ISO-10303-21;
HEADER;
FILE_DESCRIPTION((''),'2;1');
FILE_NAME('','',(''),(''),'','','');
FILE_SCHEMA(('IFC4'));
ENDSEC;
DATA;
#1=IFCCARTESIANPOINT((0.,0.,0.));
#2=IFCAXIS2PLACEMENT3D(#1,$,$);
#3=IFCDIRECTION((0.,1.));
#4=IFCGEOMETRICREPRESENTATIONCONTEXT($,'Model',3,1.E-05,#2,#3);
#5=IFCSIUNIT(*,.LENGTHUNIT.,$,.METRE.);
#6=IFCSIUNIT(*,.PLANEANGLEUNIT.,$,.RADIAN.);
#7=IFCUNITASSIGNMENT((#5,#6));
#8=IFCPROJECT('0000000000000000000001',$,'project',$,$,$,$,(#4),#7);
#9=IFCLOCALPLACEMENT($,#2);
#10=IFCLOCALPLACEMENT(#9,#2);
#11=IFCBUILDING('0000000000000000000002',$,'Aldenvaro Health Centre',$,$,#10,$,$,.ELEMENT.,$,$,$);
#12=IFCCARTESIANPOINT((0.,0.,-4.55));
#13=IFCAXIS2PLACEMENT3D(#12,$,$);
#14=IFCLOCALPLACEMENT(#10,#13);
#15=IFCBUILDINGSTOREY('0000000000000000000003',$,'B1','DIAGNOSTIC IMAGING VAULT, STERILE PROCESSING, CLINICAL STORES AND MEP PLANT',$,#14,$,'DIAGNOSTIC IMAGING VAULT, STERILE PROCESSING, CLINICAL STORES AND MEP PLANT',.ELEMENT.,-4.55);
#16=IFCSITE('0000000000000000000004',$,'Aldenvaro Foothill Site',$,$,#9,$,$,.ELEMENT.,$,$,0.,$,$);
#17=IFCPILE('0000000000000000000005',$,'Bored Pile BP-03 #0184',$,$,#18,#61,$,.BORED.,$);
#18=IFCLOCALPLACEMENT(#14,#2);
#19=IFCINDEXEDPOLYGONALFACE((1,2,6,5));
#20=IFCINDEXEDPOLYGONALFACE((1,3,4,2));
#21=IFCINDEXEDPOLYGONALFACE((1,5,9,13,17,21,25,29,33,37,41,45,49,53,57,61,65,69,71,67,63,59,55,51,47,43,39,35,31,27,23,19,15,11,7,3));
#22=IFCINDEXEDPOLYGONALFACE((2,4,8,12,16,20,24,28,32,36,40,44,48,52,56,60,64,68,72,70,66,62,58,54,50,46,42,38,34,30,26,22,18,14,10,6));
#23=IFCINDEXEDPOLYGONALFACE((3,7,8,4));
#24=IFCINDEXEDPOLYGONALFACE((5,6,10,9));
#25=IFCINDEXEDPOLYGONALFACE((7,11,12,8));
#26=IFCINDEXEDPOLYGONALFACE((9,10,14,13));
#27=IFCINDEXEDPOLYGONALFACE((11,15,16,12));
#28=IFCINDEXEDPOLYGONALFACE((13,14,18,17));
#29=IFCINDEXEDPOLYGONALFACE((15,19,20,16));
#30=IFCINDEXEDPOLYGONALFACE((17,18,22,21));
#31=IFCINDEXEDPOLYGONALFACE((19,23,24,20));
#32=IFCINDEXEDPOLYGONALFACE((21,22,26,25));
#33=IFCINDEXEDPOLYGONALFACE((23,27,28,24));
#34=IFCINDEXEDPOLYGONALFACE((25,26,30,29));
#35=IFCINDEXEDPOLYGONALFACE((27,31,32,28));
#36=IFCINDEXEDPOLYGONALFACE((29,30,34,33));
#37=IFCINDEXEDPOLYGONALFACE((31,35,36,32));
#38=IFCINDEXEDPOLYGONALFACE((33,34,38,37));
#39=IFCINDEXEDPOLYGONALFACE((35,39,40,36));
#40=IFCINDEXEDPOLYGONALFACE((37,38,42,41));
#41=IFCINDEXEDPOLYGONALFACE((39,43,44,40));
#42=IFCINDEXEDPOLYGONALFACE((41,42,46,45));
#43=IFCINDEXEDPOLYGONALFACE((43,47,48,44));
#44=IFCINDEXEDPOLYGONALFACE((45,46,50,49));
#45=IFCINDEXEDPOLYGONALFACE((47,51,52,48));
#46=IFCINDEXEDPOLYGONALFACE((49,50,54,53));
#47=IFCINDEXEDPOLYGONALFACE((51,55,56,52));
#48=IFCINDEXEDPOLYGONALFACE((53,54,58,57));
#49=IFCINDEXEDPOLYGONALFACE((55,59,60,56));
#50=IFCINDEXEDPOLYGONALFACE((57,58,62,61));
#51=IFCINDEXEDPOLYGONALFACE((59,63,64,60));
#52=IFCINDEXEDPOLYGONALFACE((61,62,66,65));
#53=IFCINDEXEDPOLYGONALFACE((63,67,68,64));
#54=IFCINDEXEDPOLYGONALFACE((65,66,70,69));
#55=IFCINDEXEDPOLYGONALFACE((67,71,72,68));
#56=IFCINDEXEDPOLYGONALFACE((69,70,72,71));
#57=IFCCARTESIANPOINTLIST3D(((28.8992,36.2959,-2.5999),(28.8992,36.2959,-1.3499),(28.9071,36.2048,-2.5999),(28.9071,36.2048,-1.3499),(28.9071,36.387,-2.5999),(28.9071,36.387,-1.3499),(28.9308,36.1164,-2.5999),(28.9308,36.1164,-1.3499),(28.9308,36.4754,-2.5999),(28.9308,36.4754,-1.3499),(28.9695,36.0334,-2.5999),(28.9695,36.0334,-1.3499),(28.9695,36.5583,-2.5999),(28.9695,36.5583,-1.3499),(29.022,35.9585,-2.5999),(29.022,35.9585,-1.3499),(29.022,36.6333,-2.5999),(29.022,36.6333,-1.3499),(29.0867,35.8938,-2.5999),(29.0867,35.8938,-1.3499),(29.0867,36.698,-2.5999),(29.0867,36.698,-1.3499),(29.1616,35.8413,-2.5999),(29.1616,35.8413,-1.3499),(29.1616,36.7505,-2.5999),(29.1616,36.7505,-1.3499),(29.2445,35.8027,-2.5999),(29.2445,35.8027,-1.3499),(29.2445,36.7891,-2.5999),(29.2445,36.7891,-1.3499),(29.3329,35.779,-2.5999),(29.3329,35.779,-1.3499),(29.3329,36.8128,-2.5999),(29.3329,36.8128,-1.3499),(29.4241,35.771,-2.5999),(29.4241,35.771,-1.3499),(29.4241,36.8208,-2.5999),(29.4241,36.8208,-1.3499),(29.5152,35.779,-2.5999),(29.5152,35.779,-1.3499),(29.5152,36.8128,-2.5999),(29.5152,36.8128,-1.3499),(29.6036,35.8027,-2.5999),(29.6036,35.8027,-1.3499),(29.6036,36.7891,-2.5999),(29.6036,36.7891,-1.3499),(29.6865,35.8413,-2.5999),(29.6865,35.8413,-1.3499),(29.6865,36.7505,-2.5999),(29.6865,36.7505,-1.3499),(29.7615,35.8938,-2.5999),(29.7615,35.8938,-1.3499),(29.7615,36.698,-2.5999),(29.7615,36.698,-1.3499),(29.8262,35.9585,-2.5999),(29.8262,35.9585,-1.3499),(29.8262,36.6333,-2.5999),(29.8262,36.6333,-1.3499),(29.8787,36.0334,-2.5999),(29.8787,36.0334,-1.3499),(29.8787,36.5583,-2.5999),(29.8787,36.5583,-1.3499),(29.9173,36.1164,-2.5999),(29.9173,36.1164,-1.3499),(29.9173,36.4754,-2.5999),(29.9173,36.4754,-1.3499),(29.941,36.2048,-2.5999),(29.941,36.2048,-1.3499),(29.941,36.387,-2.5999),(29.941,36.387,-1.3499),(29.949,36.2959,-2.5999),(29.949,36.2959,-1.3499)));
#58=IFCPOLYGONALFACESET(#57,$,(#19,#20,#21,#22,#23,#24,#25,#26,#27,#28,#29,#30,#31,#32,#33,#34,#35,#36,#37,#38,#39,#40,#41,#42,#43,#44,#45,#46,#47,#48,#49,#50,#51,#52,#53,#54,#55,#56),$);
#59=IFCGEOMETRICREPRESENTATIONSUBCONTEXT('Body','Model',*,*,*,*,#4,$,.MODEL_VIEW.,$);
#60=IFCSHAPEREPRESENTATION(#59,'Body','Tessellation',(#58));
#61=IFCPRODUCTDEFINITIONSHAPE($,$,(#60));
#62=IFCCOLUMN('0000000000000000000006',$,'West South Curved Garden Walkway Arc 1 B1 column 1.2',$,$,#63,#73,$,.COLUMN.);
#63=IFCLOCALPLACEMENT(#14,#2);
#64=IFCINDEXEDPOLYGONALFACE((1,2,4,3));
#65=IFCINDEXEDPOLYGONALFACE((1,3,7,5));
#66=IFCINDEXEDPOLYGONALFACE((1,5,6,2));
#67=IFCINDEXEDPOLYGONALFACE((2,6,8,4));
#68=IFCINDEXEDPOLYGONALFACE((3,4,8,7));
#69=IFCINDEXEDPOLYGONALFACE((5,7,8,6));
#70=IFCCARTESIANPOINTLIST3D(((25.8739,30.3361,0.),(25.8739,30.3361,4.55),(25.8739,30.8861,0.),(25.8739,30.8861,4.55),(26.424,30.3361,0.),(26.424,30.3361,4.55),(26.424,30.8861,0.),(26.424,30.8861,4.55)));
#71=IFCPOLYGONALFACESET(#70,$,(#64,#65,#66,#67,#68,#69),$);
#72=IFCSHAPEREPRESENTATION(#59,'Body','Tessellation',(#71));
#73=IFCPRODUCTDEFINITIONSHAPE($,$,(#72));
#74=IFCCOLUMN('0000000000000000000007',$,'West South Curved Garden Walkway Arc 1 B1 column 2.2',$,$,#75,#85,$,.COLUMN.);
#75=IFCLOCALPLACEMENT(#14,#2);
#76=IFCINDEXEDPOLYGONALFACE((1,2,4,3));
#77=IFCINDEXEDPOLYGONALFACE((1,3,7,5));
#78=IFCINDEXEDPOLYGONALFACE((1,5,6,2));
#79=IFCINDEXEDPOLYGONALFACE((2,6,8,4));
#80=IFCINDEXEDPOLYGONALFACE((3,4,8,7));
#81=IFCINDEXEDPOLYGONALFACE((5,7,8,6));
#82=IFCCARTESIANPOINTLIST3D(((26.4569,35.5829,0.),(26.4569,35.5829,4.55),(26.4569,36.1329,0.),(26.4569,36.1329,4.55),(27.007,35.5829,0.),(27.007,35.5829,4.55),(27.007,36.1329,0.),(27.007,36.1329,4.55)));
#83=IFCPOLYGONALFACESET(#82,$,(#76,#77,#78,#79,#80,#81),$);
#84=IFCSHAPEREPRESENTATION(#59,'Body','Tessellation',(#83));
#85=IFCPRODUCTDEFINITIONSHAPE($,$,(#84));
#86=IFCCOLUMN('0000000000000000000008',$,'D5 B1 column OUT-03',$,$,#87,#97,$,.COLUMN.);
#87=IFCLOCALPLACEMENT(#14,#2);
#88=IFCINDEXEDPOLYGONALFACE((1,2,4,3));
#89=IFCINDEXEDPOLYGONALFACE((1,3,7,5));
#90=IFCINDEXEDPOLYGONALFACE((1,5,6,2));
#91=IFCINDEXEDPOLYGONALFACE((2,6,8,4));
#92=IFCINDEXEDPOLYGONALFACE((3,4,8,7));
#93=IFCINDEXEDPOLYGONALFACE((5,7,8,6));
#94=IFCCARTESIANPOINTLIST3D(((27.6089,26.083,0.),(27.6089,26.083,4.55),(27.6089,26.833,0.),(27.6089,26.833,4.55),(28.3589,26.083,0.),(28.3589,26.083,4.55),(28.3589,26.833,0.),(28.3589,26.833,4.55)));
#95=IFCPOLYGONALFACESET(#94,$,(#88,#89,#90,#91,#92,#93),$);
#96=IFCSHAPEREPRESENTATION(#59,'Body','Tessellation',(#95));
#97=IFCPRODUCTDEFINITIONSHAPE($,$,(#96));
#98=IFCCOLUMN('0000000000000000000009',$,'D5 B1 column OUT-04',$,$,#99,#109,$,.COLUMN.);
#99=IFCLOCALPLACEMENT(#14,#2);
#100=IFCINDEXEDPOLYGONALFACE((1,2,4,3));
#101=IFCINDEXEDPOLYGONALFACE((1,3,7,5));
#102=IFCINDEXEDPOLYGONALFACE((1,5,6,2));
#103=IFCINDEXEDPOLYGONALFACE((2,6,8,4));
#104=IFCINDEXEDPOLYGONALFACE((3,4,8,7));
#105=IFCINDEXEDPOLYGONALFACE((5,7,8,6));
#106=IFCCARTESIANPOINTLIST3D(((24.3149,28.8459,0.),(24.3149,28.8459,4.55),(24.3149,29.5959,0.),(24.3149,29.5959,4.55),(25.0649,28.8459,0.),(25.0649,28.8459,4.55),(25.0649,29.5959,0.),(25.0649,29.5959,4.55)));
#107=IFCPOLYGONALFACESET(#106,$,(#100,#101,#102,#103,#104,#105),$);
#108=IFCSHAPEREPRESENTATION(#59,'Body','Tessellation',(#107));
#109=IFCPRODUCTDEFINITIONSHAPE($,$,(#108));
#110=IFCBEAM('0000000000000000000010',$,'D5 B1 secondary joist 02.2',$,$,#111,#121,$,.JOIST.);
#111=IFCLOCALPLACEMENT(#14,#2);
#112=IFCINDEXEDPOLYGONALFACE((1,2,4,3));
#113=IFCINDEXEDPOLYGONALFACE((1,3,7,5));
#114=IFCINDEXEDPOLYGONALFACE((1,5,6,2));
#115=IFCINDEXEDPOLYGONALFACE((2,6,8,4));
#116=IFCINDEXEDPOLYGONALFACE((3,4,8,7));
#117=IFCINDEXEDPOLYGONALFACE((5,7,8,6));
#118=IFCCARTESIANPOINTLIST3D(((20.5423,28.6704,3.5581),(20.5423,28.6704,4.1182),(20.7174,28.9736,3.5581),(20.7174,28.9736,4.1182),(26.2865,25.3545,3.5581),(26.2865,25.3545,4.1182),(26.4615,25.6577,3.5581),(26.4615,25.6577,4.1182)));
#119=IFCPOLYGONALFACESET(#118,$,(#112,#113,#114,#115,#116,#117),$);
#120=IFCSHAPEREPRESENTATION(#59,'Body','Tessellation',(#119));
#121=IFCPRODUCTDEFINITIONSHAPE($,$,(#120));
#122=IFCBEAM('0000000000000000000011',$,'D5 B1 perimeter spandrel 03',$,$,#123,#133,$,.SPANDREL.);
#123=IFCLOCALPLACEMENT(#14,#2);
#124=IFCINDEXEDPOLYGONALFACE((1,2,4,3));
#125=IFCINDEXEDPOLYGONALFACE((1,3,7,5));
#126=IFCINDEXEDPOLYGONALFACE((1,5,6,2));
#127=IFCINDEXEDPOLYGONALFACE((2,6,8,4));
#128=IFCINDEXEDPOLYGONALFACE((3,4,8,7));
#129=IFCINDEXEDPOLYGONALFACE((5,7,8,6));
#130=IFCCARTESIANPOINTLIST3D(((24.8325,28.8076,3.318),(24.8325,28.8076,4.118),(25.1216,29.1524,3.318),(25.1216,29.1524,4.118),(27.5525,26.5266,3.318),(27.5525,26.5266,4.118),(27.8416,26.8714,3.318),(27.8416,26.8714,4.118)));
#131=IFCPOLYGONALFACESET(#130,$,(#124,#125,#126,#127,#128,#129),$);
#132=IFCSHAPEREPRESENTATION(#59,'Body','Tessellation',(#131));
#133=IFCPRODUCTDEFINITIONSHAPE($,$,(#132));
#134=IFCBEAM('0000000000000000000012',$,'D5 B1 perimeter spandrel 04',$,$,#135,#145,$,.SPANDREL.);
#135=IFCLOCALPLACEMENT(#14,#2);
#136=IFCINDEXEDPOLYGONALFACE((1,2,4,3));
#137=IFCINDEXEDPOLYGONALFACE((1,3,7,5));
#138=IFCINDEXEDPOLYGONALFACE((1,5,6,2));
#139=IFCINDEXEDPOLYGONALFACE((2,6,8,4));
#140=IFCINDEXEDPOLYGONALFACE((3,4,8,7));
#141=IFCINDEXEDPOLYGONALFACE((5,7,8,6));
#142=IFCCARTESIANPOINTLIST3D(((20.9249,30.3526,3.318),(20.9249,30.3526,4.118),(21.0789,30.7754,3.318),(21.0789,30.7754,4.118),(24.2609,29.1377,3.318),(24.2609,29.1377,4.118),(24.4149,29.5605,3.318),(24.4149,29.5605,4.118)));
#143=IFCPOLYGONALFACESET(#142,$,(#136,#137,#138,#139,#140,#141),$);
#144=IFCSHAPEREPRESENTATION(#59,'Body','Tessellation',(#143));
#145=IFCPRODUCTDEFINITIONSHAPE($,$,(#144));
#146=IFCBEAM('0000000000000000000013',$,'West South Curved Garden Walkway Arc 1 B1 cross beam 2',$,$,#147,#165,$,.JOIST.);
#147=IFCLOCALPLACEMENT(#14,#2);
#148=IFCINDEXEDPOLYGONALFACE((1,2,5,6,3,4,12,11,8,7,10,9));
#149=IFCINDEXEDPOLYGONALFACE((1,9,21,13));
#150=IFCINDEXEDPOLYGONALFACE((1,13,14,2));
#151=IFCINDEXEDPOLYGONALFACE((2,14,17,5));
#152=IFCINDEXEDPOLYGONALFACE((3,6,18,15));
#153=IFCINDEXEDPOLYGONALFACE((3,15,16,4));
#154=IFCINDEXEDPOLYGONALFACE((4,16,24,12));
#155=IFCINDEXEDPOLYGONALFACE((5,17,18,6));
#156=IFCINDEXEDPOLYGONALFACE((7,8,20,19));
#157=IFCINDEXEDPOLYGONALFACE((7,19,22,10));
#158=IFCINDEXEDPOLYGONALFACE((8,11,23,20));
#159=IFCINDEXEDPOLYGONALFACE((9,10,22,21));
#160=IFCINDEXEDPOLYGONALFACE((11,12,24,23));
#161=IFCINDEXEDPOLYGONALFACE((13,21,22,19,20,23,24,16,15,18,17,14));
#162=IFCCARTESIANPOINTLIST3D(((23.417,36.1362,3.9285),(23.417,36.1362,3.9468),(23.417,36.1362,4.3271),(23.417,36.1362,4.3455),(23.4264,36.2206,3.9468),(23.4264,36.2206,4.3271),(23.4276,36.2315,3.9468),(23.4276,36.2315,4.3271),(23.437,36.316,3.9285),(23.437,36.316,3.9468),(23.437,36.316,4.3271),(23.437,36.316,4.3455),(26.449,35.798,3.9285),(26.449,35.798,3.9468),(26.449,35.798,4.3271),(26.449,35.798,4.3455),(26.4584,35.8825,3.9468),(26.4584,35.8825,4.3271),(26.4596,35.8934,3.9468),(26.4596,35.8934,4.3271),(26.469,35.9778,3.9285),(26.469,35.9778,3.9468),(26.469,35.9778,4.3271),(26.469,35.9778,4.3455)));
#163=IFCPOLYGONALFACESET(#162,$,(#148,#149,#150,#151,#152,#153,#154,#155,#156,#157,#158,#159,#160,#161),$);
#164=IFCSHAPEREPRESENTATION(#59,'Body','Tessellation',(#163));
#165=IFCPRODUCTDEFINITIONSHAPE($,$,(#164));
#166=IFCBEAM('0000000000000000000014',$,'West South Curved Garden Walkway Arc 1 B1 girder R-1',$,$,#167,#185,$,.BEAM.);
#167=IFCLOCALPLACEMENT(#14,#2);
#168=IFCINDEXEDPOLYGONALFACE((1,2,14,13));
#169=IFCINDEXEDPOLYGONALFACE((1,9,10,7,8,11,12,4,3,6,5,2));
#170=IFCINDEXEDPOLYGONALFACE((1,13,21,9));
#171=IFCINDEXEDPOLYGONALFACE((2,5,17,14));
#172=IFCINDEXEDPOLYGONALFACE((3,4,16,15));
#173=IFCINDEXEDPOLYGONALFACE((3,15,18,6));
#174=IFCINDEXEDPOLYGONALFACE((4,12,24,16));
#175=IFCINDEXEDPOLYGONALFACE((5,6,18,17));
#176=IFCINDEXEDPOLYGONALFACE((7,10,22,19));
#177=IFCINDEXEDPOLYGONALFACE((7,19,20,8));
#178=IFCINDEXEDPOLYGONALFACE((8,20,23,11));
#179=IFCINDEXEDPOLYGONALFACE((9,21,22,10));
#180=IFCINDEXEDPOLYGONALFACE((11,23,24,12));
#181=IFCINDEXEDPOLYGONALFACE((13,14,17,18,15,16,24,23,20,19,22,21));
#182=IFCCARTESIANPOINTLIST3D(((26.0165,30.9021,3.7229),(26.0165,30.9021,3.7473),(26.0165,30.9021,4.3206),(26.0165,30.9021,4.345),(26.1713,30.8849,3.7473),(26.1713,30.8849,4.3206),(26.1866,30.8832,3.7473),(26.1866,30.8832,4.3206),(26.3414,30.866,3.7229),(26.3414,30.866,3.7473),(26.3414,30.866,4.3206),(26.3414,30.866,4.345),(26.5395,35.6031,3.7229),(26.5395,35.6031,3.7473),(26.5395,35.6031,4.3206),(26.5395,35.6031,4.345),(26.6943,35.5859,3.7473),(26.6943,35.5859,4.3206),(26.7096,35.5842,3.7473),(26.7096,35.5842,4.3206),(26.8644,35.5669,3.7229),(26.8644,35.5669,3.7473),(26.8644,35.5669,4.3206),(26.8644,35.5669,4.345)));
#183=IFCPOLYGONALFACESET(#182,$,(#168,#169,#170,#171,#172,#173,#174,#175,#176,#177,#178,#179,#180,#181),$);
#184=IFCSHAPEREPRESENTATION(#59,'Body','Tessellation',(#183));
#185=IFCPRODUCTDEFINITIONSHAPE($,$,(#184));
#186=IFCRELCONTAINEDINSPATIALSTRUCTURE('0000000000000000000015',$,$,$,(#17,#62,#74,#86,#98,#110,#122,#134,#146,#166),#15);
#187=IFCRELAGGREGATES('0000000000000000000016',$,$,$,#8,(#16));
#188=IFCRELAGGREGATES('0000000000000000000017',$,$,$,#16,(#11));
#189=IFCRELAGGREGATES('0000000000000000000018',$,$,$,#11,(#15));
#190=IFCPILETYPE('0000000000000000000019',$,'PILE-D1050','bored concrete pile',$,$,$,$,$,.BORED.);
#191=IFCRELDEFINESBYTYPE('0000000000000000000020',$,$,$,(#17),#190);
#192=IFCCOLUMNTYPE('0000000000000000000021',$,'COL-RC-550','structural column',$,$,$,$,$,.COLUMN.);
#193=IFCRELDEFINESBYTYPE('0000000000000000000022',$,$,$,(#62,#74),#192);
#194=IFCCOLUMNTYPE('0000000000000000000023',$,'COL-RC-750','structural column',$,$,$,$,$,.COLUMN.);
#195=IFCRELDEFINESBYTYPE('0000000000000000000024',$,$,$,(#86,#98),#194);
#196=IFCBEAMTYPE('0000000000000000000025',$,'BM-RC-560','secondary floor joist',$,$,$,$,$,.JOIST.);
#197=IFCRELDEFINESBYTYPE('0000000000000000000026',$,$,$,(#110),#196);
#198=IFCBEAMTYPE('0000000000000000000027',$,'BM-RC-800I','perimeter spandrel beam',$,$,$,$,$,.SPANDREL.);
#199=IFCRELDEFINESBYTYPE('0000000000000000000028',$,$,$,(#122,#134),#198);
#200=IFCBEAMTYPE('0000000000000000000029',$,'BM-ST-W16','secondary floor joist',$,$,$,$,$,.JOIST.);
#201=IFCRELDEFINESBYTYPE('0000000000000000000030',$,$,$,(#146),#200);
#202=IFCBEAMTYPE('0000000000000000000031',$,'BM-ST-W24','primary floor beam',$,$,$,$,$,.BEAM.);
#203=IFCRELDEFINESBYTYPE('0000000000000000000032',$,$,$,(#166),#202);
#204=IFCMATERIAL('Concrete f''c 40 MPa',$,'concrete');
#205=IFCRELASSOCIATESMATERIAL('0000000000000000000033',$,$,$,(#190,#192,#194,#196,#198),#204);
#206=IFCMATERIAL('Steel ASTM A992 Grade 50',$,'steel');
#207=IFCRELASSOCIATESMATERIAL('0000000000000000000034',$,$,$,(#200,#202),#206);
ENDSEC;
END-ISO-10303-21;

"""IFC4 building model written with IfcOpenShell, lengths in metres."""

from ifc_helpers import new_model, si_unit, direction, frame, origin, origin_2d, place, context, subcontext, project, spatial, rectangle, circle, i_section, extrude, material, material_profile, profile_set, type_object, element, save


model = new_model("IFC4")

# Units and contexts
model_context = context("Model", 3, precision=1e-05, world=origin(), true_north=direction((0.0, 1.0)))
body_context = subcontext(model_context, "Body", "Model", "MODEL_VIEW")
ifc_project = project(units=[si_unit("LENGTHUNIT", "METRE"), si_unit("PLANEANGLEUNIT", "RADIAN")], contexts=[model_context])

# Site, building, storey
site_placement = place(None, origin())
site = spatial("IfcSite", under=ifc_project, at=site_placement, Name="Aldenvaro Foothill Site", CompositionType="ELEMENT", RefElevation=0.0)
building_placement = place(site_placement, origin())
building = spatial("IfcBuilding", under=site, at=building_placement, Name="Aldenvaro Health Centre", CompositionType="ELEMENT")
storey_placement = place(building_placement, frame((0.0, 0.0, -4.55)))
storey = spatial("IfcBuildingStorey", under=building, at=storey_placement, Name="B1", Description="DIAGNOSTIC IMAGING VAULT, STERILE PROCESSING, CLINICAL STORES AND MEP PLANT", LongName="DIAGNOSTIC IMAGING VAULT, STERILE PROCESSING, CLINICAL STORES AND MEP PLANT", CompositionType="ELEMENT", Elevation=-4.55)

# Pile
ifc_material_1 = material(Name="Concrete f'c 40 MPa", Category="concrete")
ifc_material_profile_1 = material_profile(ifc_material_1, circle(Radius=0.5249, at=origin_2d()), Name="PILE D1050", Category="concrete")
ifc_profile_set_1 = profile_set([ifc_material_profile_1], Name="Concrete f'c 40 MPa")
pile_type = type_object("IfcPileType", Name="PILE-D1050", Description="bored concrete pile", PredefinedType="BORED", material=ifc_profile_set_1)
for number, where, z_axis, x_axis, name in (
    (1, (29.4241, 36.2959, -1.3499), (0.0, 0.0, -1.0), (1.0, 0.0, 0.0), "Bored Pile BP-03 #0184"),
):
    element("IfcPile", number, at=place(storey_placement, frame(where, z_axis=z_axis, x_axis=x_axis)), inside=storey, type_object=pile_type, Name=name, PredefinedType="BORED", context=body_context, shape_type="SweptSolid", body=[
        extrude(circle(Radius=0.5249, at=origin_2d()), origin(), (0.0, 0.0, 1.0), 1.25),
    ])

# Columns
ifc_material_profile_2 = material_profile(ifc_material_1, rectangle(XDim=0.55, YDim=0.55, at=origin_2d()), Name="RC 550x550", Category="concrete")
ifc_profile_set_2 = profile_set([ifc_material_profile_2], Name="Concrete f'c 40 MPa")
column_type_1 = type_object("IfcColumnType", Name="COL-RC-550", Description="structural column", PredefinedType="COLUMN", material=ifc_profile_set_2)
for number, where, z_axis, x_axis, name in (
    (2, (26.1489, 30.6111, 0.0), (0.0, 0.0, 1.0), (1.0, 0.0, 0.0), "West South Curved Garden Walkway Arc 1 B1 column 1.2"),
    (3, (26.7319, 35.8579, 0.0), (0.0, 0.0, 1.0), (1.0, 0.0, 0.0), "West South Curved Garden Walkway Arc 1 B1 column 2.2"),
):
    element("IfcColumn", number, at=place(storey_placement, frame(where, z_axis=z_axis, x_axis=x_axis)), inside=storey, type_object=column_type_1, Name=name, PredefinedType="COLUMN", context=body_context, shape_type="SweptSolid", body=[
        extrude(rectangle(XDim=0.55, YDim=0.55, at=origin_2d()), origin(), (0.0, 0.0, 1.0), 4.55),
    ])
ifc_material_profile_3 = material_profile(ifc_material_1, rectangle(XDim=0.75, YDim=0.75, at=origin_2d()), Name="RC 750x750", Category="concrete")
ifc_profile_set_3 = profile_set([ifc_material_profile_3], Name="Concrete f'c 40 MPa")
column_type_2 = type_object("IfcColumnType", Name="COL-RC-750", Description="structural column", PredefinedType="COLUMN", material=ifc_profile_set_3)
for number, where, z_axis, x_axis, name in (
    (4, (27.9839, 26.458, 0.0), (0.0, 0.0, 1.0), (1.0, 0.0, 0.0), "D5 B1 column OUT-03"),
    (5, (24.6899, 29.2209, 0.0), (0.0, 0.0, 1.0), (1.0, 0.0, 0.0), "D5 B1 column OUT-04"),
):
    element("IfcColumn", number, at=place(storey_placement, frame(where, z_axis=z_axis, x_axis=x_axis)), inside=storey, type_object=column_type_2, Name=name, PredefinedType="COLUMN", context=body_context, shape_type="SweptSolid", body=[
        extrude(rectangle(XDim=0.75, YDim=0.75, at=origin_2d()), origin(), (0.0, 0.0, 1.0), 4.55),
    ])

# Beams
ifc_material_profile_4 = material_profile(ifc_material_1, rectangle(XDim=0.3501, YDim=0.5601, at=origin_2d()), Name="RC 350x560", Category="concrete")
ifc_profile_set_4 = profile_set([ifc_material_profile_4], Name="Concrete f'c 40 MPa")
beam_type_1 = type_object("IfcBeamType", Name="BM-RC-560", Description="secondary floor joist", PredefinedType="JOIST", material=ifc_profile_set_4)
beam_1_placement = place(storey_placement, frame((26.374, 25.5061, 3.8381), z_axis=(-0.866056, 0.499948, 0.0), x_axis=(-0.499948, -0.866056, 0.0)))
element("IfcBeam", 6, at=beam_1_placement, inside=storey, type_object=beam_type_1, Name="D5 B1 secondary joist 02.2", PredefinedType="JOIST", context=body_context, shape_type="SweptSolid", body=[
    extrude(rectangle(XDim=0.3501, YDim=0.5601, at=origin_2d()), origin(), (0.0, 0.0, 1.0), 6.6326),
])
ifc_material_profile_5 = material_profile(ifc_material_1, rectangle(XDim=0.45, YDim=0.8, at=origin_2d()), Name="RC 450x800", Category="concrete")
ifc_profile_set_5 = profile_set([ifc_material_profile_5], Name="Concrete f'c 40 MPa")
beam_type_2 = type_object("IfcBeamType", Name="BM-RC-800I", Description="perimeter spandrel beam", PredefinedType="SPANDREL", material=ifc_profile_set_5)
beam_2_placement = place(storey_placement, frame((27.697, 26.699, 3.718), z_axis=(-0.766228, 0.642569, 0.0), x_axis=(-0.642569, -0.766228, 0.0)))
element("IfcBeam", 7, at=beam_2_placement, inside=storey, type_object=beam_type_2, Name="D5 B1 perimeter spandrel 03", PredefinedType="SPANDREL", context=body_context, shape_type="SweptSolid", body=[
    extrude(rectangle(XDim=0.45, YDim=0.8, at=origin_2d()), origin(), (0.0, 0.0, 1.0), 3.5498),
])
beam_3_placement = place(storey_placement, frame((24.3379, 29.3491, 3.718), z_axis=(-0.939633, 0.342185, 0.0), x_axis=(-0.342185, -0.939633, 0.0)))
element("IfcBeam", 8, at=beam_3_placement, inside=storey, type_object=beam_type_2, Name="D5 B1 perimeter spandrel 04", PredefinedType="SPANDREL", context=body_context, shape_type="SweptSolid", body=[
    extrude(rectangle(XDim=0.45, YDim=0.8, at=origin_2d()), origin(), (0.0, 0.0, 1.0), 3.5503),
])
ifc_material_2 = material(Name="Steel ASTM A992 Grade 50", Category="steel")
ifc_material_profile_6 = material_profile(ifc_material_2, i_section(OverallWidth=0.1809, OverallDepth=0.417, WebThickness=0.011, FlangeThickness=0.0183, at=origin_2d()), Name="W16X57", Category="steel")
ifc_profile_set_6 = profile_set([ifc_material_profile_6], Name="Steel ASTM A992 Grade 50")
beam_type_3 = type_object("IfcBeamType", Name="BM-ST-W16", Description="secondary floor joist", PredefinedType="JOIST", material=ifc_profile_set_6)
beam_4_placement = place(storey_placement, frame((23.427, 36.2261, 4.137), z_axis=(0.993839, -0.110836, 0.0), x_axis=(0.110836, 0.993839, 0.0)))
element("IfcBeam", 9, at=beam_4_placement, inside=storey, type_object=beam_type_3, Name="West South Curved Garden Walkway Arc 1 B1 cross beam 2", PredefinedType="JOIST", context=body_context, shape_type="SweptSolid", body=[
    extrude(i_section(OverallWidth=0.1809, OverallDepth=0.417, WebThickness=0.011, FlangeThickness=0.0183, at=origin_2d()), origin(), (0.0, 0.0, 1.0), 3.0508),
])
ifc_material_profile_7 = material_profile(ifc_material_2, i_section(OverallWidth=0.3269, OverallDepth=0.6221, WebThickness=0.0154, FlangeThickness=0.0244, at=origin_2d()), Name="W24X131", Category="steel")
ifc_profile_set_7 = profile_set([ifc_material_profile_7], Name="Steel ASTM A992 Grade 50")
beam_type_4 = type_object("IfcBeamType", Name="BM-ST-W24", Description="primary floor beam", PredefinedType="BEAM", material=ifc_profile_set_7)
beam_5_placement = place(storey_placement, frame((26.179, 30.884, 4.0339), z_axis=(0.110562, 0.993869, 0.0), x_axis=(-0.993869, 0.110562, 0.0)))
element("IfcBeam", 10, at=beam_5_placement, inside=storey, type_object=beam_type_4, Name="West South Curved Garden Walkway Arc 1 B1 girder R-1", PredefinedType="BEAM", context=body_context, shape_type="SweptSolid", body=[
    extrude(i_section(OverallWidth=0.3269, OverallDepth=0.6221, WebThickness=0.0154, FlangeThickness=0.0244, at=origin_2d()), origin(), (0.0, 0.0, 1.0), 4.73),
])

save(model, "model.ifc")
